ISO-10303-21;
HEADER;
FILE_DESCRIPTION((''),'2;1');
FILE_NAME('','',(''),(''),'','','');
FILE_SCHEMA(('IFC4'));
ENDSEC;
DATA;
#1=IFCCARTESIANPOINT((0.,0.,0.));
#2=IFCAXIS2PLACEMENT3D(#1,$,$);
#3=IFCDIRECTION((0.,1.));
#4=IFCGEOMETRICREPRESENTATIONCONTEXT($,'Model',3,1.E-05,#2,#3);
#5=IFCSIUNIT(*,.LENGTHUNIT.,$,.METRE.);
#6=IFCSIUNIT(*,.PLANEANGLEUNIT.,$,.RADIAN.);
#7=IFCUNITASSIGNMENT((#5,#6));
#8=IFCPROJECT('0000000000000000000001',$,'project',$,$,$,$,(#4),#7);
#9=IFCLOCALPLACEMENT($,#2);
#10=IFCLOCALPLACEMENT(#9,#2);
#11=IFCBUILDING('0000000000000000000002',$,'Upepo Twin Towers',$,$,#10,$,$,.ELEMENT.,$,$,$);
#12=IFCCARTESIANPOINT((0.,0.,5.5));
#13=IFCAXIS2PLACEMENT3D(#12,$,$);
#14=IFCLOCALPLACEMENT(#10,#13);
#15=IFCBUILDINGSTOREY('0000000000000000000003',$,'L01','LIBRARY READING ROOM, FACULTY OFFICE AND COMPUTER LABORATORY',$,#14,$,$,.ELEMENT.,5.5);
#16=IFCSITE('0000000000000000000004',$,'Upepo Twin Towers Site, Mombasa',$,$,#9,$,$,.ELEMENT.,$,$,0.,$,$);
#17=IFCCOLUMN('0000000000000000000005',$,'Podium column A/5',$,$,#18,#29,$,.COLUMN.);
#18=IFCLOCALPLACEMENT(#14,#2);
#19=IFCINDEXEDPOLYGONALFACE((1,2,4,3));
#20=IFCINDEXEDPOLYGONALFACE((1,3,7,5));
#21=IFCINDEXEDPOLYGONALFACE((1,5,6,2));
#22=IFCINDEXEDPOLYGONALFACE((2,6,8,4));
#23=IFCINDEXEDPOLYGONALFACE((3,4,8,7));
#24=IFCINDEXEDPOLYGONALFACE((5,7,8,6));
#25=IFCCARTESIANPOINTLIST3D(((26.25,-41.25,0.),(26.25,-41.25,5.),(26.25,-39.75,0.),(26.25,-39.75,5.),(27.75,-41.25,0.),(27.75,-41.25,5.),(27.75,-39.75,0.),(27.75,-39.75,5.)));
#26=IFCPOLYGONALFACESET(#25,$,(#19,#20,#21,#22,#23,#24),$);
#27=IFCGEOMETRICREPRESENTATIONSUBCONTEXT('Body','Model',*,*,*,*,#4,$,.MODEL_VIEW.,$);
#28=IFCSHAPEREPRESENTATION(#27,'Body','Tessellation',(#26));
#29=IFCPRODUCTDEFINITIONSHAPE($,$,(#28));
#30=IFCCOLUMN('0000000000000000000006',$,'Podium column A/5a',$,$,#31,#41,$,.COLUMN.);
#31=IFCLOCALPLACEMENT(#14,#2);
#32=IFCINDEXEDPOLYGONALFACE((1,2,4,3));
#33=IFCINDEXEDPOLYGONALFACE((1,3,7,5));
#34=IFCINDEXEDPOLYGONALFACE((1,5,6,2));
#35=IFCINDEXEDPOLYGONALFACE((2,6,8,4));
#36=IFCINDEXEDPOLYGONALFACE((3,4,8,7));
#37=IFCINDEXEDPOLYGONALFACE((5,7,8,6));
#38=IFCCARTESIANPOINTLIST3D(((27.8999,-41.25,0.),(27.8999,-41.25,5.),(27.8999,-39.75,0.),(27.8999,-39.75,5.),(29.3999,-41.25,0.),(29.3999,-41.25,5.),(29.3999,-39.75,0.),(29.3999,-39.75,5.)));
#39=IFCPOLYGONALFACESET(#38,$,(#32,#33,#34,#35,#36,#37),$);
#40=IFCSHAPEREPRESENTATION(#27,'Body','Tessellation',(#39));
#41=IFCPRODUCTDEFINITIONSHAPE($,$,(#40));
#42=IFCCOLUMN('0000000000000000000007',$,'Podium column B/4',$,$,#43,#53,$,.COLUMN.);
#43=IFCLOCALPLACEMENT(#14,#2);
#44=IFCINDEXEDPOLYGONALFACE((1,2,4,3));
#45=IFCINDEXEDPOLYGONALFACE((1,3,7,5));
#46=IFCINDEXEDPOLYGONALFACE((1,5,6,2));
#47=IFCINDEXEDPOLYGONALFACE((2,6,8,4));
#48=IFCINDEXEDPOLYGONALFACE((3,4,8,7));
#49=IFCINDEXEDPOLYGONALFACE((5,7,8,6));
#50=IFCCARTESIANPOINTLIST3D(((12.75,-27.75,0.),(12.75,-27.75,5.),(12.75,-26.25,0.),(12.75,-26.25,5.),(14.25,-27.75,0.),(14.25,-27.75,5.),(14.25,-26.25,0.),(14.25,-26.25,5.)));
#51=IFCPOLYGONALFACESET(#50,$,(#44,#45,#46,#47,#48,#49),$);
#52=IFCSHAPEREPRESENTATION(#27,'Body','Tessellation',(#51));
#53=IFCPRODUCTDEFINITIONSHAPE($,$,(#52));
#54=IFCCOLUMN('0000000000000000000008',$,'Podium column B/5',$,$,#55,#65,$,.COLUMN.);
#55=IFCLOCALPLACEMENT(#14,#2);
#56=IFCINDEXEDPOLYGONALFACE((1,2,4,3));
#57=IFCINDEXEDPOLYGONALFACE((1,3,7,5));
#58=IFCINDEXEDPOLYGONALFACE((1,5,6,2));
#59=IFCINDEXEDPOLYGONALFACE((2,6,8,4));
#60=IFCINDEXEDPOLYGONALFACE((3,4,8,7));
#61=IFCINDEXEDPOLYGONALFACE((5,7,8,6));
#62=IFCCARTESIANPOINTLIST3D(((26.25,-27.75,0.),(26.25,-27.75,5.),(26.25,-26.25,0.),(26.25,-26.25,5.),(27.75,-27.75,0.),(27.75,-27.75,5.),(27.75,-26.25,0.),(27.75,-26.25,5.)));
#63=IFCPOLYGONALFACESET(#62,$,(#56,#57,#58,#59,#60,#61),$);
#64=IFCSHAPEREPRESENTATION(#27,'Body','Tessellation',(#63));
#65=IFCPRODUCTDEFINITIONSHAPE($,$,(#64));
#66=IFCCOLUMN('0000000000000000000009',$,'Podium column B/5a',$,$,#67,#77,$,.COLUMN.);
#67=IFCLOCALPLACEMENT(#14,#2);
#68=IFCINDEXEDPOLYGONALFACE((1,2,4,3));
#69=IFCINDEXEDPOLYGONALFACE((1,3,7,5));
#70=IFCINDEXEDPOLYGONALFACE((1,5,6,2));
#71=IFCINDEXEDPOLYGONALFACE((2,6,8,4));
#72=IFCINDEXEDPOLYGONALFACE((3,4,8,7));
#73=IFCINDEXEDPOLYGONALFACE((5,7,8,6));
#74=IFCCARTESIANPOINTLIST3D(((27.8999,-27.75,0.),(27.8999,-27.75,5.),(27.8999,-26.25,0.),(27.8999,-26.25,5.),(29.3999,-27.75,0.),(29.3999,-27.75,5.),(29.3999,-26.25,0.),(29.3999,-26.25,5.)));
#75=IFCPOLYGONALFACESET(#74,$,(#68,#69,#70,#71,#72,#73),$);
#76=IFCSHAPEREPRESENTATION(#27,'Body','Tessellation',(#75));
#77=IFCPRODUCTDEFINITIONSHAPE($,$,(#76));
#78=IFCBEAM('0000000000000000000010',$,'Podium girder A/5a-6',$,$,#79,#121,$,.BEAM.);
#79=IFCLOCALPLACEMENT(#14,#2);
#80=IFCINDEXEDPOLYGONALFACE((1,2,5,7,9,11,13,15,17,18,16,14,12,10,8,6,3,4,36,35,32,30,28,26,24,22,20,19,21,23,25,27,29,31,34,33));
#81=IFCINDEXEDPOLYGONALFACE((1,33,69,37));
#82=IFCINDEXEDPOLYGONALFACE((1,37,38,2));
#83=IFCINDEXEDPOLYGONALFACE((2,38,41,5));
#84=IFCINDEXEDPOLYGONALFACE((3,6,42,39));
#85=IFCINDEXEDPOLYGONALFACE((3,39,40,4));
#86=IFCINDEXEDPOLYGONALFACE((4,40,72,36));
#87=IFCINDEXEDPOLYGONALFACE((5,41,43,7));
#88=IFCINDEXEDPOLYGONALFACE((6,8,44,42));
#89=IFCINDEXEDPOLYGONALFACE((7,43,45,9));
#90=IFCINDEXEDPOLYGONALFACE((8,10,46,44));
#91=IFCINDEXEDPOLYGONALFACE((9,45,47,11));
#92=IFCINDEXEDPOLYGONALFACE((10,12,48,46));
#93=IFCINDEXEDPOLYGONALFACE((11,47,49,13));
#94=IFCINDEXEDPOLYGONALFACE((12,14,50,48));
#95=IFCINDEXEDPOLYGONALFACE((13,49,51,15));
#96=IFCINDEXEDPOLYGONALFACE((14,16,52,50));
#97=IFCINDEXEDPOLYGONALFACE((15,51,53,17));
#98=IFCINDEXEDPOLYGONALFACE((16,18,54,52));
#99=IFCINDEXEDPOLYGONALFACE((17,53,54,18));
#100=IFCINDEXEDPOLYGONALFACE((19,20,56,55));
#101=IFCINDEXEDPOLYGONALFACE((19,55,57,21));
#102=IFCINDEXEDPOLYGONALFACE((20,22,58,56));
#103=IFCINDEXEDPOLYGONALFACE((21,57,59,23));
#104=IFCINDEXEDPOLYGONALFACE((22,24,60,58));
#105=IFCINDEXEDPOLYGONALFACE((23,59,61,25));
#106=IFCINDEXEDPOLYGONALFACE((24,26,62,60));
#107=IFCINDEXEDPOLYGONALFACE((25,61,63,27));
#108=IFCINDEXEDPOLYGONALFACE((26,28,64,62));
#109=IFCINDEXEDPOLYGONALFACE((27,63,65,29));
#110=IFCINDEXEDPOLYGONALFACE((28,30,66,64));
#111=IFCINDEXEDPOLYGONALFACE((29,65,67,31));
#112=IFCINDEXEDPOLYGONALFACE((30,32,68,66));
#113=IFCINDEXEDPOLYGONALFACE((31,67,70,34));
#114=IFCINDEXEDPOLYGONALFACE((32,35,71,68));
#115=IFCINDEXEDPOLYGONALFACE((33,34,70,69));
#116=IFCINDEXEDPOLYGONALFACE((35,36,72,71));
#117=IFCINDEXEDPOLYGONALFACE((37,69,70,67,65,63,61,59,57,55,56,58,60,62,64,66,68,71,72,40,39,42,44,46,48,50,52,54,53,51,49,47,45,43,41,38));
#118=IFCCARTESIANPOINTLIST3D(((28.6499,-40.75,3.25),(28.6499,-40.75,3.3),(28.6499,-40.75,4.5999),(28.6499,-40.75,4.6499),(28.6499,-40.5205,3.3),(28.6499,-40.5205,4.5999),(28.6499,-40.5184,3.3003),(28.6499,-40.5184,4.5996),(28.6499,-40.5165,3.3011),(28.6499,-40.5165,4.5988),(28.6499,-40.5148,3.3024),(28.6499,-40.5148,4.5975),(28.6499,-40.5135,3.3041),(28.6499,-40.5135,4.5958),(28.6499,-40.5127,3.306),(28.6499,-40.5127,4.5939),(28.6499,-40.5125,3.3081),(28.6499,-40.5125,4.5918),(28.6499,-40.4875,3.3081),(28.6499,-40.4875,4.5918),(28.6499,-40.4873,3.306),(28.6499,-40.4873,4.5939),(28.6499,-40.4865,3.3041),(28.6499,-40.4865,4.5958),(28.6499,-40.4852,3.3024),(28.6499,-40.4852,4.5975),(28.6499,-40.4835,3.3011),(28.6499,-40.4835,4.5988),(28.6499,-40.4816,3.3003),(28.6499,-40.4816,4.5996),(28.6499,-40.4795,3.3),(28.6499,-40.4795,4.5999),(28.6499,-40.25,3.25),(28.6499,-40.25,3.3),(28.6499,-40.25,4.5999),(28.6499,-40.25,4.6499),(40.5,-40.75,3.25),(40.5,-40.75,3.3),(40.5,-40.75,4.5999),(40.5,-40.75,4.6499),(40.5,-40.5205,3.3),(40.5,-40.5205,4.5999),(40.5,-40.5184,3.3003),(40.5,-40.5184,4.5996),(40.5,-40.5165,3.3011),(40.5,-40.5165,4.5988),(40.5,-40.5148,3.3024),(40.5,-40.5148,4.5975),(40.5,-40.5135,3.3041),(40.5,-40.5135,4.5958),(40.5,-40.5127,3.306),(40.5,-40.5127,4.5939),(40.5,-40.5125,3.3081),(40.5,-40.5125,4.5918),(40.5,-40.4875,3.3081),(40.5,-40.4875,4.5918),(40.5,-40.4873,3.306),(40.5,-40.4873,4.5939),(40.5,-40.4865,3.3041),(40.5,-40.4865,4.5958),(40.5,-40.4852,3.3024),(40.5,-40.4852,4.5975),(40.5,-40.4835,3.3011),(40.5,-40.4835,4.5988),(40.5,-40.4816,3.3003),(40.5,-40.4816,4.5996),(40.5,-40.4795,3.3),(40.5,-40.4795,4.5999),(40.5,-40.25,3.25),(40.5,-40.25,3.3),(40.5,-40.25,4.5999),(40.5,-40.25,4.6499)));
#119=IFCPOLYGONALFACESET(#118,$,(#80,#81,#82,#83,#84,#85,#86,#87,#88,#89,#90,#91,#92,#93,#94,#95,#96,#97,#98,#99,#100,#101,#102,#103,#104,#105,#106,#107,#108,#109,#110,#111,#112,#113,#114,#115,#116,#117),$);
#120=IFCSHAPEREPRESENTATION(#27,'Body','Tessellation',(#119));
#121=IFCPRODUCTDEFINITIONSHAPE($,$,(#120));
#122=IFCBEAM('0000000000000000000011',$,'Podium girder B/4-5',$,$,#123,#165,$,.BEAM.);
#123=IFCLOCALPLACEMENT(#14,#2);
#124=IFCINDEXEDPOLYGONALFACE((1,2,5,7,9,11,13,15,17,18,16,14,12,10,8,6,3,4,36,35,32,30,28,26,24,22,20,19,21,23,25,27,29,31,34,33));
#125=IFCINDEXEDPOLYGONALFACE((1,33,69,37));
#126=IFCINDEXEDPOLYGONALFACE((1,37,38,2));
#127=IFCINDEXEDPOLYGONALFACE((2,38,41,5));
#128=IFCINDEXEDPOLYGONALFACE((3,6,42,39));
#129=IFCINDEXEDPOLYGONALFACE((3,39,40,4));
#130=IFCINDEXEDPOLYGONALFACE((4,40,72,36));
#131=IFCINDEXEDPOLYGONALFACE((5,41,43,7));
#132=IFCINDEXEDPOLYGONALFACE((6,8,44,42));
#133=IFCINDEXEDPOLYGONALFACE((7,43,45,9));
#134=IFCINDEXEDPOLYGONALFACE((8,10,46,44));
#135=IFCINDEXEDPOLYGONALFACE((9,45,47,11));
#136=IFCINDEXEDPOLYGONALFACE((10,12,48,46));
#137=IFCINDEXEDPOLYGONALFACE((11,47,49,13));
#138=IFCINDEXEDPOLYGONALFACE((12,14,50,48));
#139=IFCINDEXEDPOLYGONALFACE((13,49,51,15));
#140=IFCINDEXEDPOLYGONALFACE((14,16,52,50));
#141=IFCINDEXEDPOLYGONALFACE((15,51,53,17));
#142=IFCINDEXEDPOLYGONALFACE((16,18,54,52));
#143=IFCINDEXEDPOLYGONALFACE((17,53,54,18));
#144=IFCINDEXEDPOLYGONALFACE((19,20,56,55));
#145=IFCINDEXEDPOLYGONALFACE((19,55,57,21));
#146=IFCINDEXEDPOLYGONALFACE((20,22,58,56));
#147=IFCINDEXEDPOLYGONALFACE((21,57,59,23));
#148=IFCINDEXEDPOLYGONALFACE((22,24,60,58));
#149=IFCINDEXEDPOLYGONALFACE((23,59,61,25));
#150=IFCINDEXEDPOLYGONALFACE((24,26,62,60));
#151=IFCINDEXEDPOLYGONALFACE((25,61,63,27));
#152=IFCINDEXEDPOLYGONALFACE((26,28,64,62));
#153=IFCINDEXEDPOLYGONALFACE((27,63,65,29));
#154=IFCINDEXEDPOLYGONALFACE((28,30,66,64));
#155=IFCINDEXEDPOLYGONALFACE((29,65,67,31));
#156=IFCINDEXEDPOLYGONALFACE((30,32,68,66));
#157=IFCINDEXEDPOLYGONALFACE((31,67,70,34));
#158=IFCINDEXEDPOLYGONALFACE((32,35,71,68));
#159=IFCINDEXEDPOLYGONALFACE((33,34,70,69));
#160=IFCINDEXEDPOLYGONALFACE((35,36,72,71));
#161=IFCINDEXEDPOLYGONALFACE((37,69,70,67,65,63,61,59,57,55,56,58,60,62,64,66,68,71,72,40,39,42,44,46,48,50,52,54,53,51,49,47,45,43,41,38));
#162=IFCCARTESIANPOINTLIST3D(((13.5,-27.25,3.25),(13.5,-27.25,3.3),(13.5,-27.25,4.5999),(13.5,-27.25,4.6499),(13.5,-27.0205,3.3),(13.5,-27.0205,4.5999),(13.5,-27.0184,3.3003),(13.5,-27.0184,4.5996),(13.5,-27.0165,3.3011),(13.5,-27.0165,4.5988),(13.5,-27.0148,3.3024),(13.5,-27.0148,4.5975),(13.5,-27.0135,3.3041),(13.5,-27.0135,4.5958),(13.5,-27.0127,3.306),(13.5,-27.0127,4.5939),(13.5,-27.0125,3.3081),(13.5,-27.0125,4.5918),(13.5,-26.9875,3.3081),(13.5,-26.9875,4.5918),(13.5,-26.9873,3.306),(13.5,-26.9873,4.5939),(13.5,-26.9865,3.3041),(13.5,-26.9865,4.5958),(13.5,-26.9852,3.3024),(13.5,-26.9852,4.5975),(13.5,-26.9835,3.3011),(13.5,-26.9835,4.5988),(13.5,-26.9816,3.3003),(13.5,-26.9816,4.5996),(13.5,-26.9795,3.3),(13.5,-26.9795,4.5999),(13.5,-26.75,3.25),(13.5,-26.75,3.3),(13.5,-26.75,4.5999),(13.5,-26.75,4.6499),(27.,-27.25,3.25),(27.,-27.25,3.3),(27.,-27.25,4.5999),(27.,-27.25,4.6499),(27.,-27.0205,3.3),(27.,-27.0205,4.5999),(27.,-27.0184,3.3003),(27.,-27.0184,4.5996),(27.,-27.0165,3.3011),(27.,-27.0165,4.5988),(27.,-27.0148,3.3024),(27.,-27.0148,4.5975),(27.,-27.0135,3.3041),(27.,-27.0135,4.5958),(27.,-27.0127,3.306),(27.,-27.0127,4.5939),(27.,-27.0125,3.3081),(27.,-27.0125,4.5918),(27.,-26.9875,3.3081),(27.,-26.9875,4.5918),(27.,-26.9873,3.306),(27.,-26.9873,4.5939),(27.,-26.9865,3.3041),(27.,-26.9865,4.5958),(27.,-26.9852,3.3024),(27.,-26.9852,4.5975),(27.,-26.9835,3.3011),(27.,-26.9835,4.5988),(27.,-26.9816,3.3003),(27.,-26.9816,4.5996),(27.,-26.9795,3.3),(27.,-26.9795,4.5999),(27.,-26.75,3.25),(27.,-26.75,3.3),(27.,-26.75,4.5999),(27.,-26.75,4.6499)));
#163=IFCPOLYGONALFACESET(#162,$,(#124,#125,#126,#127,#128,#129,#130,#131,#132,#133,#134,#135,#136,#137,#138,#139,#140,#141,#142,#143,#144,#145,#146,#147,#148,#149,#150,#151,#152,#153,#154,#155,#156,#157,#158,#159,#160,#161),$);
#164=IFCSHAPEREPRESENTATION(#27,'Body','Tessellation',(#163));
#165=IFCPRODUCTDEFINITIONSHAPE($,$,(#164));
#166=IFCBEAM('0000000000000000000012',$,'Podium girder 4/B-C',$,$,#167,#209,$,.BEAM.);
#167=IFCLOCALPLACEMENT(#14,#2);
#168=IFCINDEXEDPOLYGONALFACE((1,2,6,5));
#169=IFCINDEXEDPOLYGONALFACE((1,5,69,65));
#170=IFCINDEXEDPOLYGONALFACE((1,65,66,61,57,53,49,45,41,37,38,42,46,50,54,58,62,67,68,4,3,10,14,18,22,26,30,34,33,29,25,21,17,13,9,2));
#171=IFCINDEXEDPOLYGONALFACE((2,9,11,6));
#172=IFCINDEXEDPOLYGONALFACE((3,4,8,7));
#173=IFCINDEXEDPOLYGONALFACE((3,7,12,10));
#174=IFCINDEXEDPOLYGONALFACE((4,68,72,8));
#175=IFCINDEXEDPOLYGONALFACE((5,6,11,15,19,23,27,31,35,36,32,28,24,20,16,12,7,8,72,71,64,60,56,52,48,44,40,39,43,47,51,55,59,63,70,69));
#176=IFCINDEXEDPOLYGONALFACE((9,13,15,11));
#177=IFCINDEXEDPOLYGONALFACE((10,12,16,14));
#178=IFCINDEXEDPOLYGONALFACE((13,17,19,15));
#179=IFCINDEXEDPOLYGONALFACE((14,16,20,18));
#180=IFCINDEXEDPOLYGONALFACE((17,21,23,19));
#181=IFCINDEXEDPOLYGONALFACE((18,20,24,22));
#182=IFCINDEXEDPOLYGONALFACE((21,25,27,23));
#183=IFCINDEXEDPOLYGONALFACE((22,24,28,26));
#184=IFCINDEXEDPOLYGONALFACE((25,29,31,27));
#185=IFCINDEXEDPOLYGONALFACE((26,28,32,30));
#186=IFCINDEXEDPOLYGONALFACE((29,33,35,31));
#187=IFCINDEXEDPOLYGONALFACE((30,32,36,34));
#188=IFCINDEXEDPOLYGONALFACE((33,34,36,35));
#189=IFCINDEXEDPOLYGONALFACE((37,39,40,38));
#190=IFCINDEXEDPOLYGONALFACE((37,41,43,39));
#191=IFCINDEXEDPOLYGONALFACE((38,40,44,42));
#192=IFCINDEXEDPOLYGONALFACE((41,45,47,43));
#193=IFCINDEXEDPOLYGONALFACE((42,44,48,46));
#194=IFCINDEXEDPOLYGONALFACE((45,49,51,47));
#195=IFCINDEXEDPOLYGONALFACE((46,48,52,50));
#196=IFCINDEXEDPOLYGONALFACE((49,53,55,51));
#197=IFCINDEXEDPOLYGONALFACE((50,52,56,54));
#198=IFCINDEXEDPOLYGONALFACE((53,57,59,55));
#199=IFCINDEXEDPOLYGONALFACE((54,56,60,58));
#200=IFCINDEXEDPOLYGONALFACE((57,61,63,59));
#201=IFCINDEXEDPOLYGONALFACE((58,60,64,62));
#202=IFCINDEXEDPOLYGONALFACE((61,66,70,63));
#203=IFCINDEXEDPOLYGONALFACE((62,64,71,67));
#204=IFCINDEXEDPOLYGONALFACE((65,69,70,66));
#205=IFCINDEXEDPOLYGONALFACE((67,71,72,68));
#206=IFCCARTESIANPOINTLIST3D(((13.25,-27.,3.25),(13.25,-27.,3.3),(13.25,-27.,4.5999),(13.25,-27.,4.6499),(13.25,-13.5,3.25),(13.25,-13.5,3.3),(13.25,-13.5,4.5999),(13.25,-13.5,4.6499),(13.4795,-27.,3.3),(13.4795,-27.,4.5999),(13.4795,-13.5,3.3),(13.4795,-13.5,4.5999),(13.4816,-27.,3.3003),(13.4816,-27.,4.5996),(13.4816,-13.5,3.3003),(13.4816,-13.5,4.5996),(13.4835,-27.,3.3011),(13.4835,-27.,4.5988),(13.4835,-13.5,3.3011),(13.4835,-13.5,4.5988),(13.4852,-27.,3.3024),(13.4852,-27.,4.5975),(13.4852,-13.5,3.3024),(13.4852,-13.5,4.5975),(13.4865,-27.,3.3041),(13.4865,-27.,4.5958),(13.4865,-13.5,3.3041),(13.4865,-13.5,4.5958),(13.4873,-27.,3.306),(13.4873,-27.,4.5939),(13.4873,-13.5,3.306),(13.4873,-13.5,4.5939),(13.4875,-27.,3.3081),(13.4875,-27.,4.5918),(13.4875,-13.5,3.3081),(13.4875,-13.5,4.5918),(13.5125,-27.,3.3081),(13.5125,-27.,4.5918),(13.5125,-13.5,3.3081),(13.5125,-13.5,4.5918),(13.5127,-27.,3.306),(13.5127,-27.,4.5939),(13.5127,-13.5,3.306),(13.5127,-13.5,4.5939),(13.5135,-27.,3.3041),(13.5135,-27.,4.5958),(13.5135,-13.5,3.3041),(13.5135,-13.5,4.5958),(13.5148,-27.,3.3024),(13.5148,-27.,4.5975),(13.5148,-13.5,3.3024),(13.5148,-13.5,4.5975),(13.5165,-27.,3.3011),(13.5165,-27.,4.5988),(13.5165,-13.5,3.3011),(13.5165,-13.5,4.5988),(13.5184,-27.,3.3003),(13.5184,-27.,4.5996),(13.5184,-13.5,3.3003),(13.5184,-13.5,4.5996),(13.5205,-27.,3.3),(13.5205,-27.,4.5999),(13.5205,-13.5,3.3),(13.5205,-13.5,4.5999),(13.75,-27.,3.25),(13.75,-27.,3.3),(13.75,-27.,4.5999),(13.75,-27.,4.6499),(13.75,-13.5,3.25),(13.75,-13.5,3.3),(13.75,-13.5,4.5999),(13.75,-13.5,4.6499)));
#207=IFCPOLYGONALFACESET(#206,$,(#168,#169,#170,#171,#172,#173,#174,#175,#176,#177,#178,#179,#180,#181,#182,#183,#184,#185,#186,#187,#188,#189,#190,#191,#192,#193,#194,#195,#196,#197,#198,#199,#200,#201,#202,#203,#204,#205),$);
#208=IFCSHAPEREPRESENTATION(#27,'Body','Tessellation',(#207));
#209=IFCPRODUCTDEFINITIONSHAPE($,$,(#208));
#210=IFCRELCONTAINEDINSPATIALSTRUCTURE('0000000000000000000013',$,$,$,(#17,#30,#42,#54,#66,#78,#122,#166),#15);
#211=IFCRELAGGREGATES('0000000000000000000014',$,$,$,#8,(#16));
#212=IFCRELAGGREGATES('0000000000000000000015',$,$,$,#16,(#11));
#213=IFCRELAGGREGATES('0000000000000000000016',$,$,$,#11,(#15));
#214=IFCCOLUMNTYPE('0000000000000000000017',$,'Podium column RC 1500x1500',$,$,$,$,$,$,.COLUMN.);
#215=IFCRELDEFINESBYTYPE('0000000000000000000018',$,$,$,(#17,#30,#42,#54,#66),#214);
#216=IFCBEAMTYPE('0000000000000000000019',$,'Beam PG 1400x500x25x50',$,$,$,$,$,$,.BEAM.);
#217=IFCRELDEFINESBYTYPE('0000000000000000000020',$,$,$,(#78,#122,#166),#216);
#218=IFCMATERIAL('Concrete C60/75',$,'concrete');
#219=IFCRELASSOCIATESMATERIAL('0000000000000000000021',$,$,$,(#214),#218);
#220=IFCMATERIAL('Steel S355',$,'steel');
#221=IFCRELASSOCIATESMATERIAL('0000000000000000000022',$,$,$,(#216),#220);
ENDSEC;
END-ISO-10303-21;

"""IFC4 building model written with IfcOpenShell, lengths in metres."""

from ifc_helpers import new_model, si_unit, direction, frame, origin, origin_2d, place, context, subcontext, project, spatial, rectangle, i_section, extrude, material, material_profile, profile_set, type_object, element, save


model = new_model("IFC4")

# Units and contexts
model_context = context("Model", 3, precision=1e-05, world=origin(), true_north=direction((0.0, 1.0)))
body_context = subcontext(model_context, "Body", "Model", "MODEL_VIEW")
ifc_project = project(units=[si_unit("LENGTHUNIT", "METRE"), si_unit("PLANEANGLEUNIT", "RADIAN")], contexts=[model_context])

# Site, building, storey
site_placement = place(None, origin())
site = spatial("IfcSite", under=ifc_project, at=site_placement, Name="Upepo Twin Towers Site, Mombasa", CompositionType="ELEMENT", RefElevation=0.0)
building_placement = place(site_placement, origin())
building = spatial("IfcBuilding", under=site, at=building_placement, Name="Upepo Twin Towers", CompositionType="ELEMENT")
storey_placement = place(building_placement, frame((0.0, 0.0, 5.5)))
storey = spatial("IfcBuildingStorey", under=building, at=storey_placement, Name="L01", Description="LIBRARY READING ROOM, FACULTY OFFICE AND COMPUTER LABORATORY", CompositionType="ELEMENT", Elevation=5.5)

# Columns
ifc_material_1 = material(Name="Concrete C60/75", Category="concrete")
ifc_material_profile_1 = material_profile(ifc_material_1, rectangle(XDim=1.5, YDim=1.5, at=origin_2d()), Name="RC 1500x1500")
ifc_profile_set_1 = profile_set([ifc_material_profile_1], Name="Concrete C60/75")
column_type = type_object("IfcColumnType", Name="Podium column RC 1500x1500", PredefinedType="COLUMN", material=ifc_profile_set_1)
for number, where, z_axis, x_axis, name in (
    (1, (27.0, -40.5, 0.0), (0.0, 0.0, 1.0), (1.0, 0.0, 0.0), "Podium column A/5"),
    (2, (28.6499, -40.5, 0.0), (0.0, 0.0, 1.0), (1.0, 0.0, 0.0), "Podium column A/5a"),
    (3, (13.5, -27.0, 0.0), (0.0, 0.0, 1.0), (1.0, 0.0, 0.0), "Podium column B/4"),
    (4, (27.0, -27.0, 0.0), (0.0, 0.0, 1.0), (1.0, 0.0, 0.0), "Podium column B/5"),
    (5, (28.6499, -27.0, 0.0), (0.0, 0.0, 1.0), (1.0, 0.0, 0.0), "Podium column B/5a"),
):
    element("IfcColumn", number, at=place(storey_placement, frame(where, z_axis=z_axis, x_axis=x_axis)), inside=storey, type_object=column_type, Name=name, PredefinedType="COLUMN", context=body_context, shape_type="SweptSolid", body=[
        extrude(rectangle(XDim=1.5, YDim=1.5, at=origin_2d()), origin(), (0.0, 0.0, 1.0), 5.0),
    ])

# Beams
ifc_material_2 = material(Name="Steel S355", Category="steel")
ifc_material_profile_2 = material_profile(ifc_material_2, i_section(OverallWidth=0.5, OverallDepth=1.3999, WebThickness=0.0249, FlangeThickness=0.05, FilletRadius=0.0081, at=origin_2d()), Name="PG 1400x500x25x50")
ifc_profile_set_2 = profile_set([ifc_material_profile_2], Name="Steel S355")
beam_type_1 = type_object("IfcBeamType", Name="Beam PG 1400x500x25x50", PredefinedType="BEAM", material=ifc_profile_set_2)
beam_placement = place(storey_placement, frame((28.6499, -40.5, 3.95), z_axis=(1.0, 0.0, 0.0), x_axis=(0.0, 1.0, 0.0)))
element("IfcBeam", 6, at=beam_placement, inside=storey, type_object=beam_type_1, Name="Podium girder A/5a-6", PredefinedType="BEAM", context=body_context, shape_type="SweptSolid", body=[
    extrude(i_section(OverallWidth=0.5, OverallDepth=1.3999, WebThickness=0.0249, FlangeThickness=0.05, FilletRadius=0.0081, at=origin_2d()), origin(), (0.0, 0.0, 1.0), 11.8501),
])
for number, where, z_axis, x_axis, name in (
    (7, (13.5, -27.0, 3.95), (1.0, 0.0, 0.0), (0.0, 1.0, 0.0), "Podium girder B/4-5"),
    (8, (13.5, -27.0, 3.95), (0.0, 1.0, 0.0), (-1.0, 0.0, 0.0), "Podium girder 4/B-C"),
):
    element("IfcBeam", number, at=place(storey_placement, frame(where, z_axis=z_axis, x_axis=x_axis)), inside=storey, type_object=beam_type_1, Name=name, PredefinedType="BEAM", context=body_context, shape_type="SweptSolid", body=[
        extrude(i_section(OverallWidth=0.5, OverallDepth=1.3999, WebThickness=0.0249, FlangeThickness=0.05, FilletRadius=0.0081, at=origin_2d()), origin(), (0.0, 0.0, 1.0), 13.5),
    ])

save(model, "model.ifc")
